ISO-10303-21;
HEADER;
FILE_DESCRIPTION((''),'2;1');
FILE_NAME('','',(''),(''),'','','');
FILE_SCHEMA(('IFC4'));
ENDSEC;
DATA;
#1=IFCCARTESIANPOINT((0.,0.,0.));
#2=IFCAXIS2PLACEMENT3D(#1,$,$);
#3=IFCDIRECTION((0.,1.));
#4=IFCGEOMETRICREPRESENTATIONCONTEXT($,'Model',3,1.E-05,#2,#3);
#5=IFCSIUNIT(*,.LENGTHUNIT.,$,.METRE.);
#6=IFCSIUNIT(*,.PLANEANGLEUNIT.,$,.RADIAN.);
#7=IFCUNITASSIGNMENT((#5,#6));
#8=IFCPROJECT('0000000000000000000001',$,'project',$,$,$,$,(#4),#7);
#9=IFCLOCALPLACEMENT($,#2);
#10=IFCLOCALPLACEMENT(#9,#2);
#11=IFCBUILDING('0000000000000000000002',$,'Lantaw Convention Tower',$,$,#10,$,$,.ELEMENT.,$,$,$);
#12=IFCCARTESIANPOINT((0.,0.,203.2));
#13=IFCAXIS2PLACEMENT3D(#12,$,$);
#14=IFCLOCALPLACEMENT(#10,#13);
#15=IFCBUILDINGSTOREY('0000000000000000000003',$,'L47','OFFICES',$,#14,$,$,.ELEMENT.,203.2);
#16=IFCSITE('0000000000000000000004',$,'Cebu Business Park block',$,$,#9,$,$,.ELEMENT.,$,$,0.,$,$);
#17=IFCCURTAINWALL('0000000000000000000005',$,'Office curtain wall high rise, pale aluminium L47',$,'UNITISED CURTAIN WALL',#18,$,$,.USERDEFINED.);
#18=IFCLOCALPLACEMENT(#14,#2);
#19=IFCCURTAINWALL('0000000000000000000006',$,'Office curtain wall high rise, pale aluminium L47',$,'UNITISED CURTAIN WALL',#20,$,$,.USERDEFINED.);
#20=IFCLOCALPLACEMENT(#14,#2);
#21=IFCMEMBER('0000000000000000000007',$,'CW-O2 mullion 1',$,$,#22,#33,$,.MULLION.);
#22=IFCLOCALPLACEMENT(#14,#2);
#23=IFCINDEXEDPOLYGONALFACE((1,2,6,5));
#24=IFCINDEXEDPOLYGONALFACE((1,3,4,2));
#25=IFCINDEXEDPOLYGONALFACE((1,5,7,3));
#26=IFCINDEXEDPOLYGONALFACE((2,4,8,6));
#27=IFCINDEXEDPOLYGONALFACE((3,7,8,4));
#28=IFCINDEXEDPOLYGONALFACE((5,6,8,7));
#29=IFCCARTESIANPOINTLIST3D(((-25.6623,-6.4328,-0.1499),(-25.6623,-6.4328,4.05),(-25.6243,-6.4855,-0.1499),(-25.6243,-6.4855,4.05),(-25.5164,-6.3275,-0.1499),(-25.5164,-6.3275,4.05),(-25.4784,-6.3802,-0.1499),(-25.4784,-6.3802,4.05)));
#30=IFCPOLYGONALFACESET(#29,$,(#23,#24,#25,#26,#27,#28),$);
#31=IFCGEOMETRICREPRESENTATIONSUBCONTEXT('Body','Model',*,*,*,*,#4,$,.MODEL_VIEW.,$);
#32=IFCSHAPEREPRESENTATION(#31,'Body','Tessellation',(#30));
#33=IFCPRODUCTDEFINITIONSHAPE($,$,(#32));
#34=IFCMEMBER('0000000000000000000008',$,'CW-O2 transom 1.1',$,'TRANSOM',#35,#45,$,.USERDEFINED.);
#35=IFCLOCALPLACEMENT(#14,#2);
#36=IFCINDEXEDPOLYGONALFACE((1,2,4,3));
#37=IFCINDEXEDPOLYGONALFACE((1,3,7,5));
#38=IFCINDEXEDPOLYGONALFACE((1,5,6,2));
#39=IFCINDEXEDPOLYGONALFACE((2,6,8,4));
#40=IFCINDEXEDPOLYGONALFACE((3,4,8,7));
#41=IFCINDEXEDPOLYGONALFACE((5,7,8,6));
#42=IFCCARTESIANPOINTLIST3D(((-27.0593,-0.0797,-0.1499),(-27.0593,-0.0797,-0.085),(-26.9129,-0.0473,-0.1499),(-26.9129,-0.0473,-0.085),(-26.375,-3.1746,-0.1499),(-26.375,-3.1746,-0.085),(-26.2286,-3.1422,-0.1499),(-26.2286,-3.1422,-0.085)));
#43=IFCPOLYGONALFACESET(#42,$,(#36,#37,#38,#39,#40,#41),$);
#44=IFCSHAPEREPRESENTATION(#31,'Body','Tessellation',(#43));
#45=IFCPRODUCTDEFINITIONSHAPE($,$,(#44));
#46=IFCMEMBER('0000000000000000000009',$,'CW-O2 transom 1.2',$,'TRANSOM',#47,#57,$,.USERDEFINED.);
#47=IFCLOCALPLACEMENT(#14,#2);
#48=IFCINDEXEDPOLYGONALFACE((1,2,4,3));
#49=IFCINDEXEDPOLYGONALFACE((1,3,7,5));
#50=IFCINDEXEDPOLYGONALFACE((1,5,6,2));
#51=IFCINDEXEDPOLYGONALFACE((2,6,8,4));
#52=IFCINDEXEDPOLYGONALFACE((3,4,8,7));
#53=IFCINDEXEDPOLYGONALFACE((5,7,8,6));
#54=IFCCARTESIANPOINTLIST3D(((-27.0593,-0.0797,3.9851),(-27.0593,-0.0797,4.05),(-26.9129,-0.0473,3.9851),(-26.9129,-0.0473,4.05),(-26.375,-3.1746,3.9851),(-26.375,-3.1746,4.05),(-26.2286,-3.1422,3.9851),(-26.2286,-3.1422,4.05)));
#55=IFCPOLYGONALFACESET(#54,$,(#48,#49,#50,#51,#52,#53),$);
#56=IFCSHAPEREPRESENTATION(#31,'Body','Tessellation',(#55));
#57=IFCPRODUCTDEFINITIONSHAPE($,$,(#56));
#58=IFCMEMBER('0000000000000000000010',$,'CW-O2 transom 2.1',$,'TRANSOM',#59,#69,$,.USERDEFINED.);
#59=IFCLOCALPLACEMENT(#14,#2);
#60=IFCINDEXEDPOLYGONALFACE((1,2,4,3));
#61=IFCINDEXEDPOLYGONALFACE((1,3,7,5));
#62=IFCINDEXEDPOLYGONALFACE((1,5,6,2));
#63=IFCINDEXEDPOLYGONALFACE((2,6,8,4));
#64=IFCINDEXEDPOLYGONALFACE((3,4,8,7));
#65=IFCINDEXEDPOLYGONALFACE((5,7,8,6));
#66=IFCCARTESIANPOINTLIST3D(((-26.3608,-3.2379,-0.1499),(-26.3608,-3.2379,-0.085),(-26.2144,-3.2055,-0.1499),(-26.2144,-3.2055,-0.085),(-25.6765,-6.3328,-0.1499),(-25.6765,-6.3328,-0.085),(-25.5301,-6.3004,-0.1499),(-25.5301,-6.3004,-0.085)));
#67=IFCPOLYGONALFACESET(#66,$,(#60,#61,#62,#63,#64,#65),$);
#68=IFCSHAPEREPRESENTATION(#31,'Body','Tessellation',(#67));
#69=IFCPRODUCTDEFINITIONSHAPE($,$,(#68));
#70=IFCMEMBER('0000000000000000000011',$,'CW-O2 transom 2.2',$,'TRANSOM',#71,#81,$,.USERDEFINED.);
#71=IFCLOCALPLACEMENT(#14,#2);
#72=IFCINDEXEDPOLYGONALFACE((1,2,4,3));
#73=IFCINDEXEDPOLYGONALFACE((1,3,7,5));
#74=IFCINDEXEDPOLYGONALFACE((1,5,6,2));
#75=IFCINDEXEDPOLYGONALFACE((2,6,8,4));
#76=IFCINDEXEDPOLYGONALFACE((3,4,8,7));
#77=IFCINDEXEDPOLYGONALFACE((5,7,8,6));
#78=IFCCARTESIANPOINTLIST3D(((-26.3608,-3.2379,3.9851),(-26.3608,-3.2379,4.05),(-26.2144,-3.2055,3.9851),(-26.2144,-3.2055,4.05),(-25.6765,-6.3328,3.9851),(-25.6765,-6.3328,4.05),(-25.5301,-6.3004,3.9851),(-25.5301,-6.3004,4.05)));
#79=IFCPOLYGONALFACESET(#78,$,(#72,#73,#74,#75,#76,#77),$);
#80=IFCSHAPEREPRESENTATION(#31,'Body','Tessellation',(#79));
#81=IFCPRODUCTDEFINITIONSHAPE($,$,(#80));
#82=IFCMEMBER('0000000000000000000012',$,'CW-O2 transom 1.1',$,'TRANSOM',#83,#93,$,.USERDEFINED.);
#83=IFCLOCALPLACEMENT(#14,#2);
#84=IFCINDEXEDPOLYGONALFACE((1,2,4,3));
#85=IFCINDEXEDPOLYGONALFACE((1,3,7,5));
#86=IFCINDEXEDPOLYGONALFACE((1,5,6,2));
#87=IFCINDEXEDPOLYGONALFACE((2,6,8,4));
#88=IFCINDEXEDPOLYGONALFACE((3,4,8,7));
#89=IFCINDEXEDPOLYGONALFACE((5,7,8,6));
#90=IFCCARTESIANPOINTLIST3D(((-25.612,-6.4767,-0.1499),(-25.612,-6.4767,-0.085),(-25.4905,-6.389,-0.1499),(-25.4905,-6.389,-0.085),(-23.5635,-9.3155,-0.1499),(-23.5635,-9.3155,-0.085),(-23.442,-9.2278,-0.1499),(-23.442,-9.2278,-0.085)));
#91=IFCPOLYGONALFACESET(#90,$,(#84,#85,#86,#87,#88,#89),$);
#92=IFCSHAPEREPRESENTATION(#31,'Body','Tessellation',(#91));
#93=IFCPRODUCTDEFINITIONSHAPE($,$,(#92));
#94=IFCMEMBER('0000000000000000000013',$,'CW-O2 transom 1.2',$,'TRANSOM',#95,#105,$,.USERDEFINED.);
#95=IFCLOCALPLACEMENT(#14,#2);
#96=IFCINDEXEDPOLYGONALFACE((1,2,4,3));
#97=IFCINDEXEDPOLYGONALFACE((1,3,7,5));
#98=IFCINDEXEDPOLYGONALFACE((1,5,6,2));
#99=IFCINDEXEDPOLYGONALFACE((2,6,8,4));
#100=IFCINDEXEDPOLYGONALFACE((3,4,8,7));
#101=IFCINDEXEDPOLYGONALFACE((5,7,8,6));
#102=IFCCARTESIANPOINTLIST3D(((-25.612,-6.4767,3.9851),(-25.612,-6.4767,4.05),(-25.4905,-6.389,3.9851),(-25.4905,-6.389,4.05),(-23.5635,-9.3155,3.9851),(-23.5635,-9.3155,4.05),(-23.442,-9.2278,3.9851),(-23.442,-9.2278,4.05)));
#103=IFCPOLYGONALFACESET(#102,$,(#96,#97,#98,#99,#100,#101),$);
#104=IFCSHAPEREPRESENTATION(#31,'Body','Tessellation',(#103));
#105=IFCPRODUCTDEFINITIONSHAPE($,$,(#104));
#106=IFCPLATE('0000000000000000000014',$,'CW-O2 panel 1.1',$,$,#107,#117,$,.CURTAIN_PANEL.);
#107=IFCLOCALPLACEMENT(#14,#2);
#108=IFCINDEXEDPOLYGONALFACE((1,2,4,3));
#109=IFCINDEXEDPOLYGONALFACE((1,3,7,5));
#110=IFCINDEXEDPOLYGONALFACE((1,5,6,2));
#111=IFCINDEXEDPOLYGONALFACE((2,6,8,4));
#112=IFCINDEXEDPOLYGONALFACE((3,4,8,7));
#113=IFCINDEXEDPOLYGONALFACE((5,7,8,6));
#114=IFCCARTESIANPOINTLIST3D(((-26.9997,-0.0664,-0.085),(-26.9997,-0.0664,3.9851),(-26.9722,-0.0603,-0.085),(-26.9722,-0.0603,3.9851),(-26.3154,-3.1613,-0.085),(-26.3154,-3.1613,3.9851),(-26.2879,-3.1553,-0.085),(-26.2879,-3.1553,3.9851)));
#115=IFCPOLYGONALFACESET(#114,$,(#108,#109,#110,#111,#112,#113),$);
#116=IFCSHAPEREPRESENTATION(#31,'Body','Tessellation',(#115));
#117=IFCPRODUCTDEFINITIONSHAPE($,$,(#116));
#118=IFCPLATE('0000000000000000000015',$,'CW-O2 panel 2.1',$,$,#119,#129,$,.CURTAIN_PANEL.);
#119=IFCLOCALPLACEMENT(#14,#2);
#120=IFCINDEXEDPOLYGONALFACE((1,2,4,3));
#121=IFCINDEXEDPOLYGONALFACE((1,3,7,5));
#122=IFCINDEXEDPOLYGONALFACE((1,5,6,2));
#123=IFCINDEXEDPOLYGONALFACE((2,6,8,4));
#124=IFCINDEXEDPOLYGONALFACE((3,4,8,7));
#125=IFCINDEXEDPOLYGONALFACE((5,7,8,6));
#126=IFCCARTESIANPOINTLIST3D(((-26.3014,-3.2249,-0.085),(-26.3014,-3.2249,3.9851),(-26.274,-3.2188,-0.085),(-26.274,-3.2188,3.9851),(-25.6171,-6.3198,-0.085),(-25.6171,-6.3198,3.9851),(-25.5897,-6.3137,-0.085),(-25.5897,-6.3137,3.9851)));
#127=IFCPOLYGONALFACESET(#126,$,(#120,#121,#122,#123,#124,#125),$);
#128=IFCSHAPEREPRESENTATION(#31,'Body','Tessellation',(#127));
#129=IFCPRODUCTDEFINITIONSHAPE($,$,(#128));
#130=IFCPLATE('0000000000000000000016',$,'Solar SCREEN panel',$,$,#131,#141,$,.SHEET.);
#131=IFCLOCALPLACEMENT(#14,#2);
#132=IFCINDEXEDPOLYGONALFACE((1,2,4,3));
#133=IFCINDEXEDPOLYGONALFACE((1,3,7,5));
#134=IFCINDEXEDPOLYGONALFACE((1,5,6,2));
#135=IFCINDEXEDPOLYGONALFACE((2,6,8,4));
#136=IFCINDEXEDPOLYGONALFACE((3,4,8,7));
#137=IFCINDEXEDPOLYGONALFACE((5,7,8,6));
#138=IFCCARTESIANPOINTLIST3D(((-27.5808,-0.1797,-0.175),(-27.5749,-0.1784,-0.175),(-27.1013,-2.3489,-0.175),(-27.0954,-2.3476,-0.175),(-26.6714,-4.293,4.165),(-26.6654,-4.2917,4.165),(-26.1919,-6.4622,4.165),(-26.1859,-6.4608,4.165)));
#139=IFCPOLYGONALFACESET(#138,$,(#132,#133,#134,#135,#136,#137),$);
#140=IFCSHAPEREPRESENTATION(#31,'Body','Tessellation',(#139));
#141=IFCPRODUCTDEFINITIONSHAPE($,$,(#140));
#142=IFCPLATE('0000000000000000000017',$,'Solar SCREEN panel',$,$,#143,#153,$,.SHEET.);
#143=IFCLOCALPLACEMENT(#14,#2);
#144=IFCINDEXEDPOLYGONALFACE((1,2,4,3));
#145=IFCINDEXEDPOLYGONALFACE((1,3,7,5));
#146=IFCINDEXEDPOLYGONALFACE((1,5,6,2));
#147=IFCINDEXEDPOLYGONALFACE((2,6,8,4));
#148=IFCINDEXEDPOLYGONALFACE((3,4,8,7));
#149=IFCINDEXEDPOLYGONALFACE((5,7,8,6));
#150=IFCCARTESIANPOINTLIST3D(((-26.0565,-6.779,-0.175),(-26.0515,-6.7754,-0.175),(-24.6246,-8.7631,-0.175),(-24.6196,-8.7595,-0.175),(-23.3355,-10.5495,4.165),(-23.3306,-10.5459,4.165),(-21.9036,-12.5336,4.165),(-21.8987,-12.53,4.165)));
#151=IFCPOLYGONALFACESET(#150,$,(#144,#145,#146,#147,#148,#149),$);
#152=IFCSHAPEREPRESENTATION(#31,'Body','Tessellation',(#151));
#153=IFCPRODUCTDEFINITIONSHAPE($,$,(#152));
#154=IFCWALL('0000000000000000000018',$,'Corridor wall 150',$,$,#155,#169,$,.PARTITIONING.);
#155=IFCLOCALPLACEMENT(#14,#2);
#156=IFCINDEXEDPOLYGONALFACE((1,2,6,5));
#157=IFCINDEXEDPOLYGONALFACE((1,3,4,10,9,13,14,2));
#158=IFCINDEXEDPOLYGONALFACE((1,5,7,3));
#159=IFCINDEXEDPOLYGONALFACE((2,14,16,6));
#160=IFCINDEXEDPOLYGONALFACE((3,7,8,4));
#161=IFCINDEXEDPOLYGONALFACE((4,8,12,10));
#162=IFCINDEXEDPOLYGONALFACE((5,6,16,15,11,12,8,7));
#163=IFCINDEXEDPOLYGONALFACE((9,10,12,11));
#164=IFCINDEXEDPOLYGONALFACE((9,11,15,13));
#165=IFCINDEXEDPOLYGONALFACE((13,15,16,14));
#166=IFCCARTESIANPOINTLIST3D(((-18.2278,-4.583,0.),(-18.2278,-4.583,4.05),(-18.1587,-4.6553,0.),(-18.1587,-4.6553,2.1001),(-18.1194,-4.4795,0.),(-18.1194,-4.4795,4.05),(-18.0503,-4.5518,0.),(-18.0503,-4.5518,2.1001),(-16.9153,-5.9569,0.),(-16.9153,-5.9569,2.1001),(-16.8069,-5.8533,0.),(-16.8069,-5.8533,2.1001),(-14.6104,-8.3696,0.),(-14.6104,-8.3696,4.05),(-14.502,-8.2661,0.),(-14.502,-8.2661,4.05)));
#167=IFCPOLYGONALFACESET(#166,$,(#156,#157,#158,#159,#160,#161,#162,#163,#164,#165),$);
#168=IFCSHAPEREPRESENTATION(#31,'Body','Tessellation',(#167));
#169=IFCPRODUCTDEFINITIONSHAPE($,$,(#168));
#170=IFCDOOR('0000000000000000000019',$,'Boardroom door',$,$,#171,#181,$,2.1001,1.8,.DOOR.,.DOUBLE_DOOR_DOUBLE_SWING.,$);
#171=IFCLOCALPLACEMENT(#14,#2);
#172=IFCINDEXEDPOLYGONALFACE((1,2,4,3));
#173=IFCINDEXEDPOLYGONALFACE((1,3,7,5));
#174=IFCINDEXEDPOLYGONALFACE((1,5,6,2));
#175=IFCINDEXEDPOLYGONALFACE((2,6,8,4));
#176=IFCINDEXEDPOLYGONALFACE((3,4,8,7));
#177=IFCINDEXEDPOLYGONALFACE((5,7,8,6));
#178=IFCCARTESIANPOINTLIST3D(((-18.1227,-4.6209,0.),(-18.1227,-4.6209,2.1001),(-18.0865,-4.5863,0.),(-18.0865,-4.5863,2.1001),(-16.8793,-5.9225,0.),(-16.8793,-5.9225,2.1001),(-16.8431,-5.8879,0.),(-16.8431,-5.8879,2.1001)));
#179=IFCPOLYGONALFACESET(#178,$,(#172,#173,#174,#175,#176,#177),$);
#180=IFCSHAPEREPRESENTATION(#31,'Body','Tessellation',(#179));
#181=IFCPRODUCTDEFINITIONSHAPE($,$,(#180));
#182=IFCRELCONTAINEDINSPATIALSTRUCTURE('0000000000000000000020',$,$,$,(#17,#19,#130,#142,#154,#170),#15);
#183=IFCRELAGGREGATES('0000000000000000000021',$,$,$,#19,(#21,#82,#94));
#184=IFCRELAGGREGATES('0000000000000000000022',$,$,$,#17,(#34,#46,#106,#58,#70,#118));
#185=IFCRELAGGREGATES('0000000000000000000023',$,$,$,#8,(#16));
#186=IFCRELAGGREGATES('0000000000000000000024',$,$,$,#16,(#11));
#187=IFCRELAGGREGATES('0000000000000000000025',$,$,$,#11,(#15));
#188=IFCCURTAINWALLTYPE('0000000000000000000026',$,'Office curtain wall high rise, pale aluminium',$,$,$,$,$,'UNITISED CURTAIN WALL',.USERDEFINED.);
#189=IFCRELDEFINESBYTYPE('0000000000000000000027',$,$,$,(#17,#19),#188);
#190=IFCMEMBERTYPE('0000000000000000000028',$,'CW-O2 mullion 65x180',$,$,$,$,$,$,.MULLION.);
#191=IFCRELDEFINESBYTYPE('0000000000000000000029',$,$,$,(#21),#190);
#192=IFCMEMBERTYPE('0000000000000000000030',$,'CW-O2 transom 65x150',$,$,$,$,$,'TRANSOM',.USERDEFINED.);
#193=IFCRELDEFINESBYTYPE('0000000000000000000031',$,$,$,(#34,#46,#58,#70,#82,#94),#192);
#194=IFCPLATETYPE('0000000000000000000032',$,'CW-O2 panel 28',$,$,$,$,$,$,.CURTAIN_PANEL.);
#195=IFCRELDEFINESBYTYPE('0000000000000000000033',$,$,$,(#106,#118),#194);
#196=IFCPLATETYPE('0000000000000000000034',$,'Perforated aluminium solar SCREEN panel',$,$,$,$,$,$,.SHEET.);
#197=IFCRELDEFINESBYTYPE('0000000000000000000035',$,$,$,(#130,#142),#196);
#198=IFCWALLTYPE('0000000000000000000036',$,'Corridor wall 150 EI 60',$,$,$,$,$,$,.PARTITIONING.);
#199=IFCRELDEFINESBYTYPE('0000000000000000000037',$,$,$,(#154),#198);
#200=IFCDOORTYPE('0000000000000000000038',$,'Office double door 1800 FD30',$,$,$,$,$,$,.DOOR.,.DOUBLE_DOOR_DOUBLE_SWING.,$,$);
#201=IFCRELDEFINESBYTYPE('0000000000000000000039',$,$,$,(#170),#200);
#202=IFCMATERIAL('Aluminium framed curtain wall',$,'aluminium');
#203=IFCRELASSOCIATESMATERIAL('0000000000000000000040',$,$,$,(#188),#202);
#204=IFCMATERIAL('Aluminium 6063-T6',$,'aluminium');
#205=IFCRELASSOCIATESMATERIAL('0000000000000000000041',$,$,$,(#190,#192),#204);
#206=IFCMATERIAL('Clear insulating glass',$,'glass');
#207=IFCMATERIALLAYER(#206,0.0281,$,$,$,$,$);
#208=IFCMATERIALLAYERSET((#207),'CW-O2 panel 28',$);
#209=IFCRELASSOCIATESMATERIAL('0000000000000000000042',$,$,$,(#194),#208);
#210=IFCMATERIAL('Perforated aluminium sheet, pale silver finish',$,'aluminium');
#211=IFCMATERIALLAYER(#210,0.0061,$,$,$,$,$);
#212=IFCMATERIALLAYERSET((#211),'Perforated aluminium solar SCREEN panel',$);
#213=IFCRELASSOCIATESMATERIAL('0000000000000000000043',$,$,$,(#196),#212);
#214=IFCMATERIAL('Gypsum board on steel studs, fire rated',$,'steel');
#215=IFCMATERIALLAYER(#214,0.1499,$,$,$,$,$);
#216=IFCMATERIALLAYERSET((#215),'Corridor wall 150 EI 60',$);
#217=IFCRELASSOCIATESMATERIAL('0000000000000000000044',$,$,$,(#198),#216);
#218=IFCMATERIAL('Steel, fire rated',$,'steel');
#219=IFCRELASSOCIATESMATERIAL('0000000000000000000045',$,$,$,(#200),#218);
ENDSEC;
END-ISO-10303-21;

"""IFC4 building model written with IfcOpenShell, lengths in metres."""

from ifc_helpers import new_model, si_unit, direction, frame, frame_2d, origin, origin_2d, place, context, subcontext, project, spatial, polyline, rectangle, outline, extrude, material, layer, layer_set, material_profile, profile_set, type_object, element, fill, aggregate, save


model = new_model("IFC4")

# Units and contexts
model_context = context("Model", 3, precision=1e-05, world=origin(), true_north=direction((0.0, 1.0)))
body_context = subcontext(model_context, "Body", "Model", "MODEL_VIEW")
ifc_project = project(units=[si_unit("LENGTHUNIT", "METRE"), si_unit("PLANEANGLEUNIT", "RADIAN")], contexts=[model_context])

# Site, building, storey
site_placement = place(None, origin())
site = spatial("IfcSite", under=ifc_project, at=site_placement, Name="Cebu Business Park block", CompositionType="ELEMENT", RefElevation=0.0)
building_placement = place(site_placement, origin())
building = spatial("IfcBuilding", under=site, at=building_placement, Name="Lantaw Convention Tower", CompositionType="ELEMENT")
storey_placement = place(building_placement, frame((0.0, 0.0, 203.2)))
storey = spatial("IfcBuildingStorey", under=building, at=storey_placement, Name="L47", Description="OFFICES", CompositionType="ELEMENT", Elevation=203.2)

# Curtain wall
ifc_material_1 = material(Name="Aluminium framed curtain wall", Category="aluminium")
curtain_wall_type = type_object("IfcCurtainWallType", Name="Office curtain wall high rise, pale aluminium", ElementType="UNITISED CURTAIN WALL", PredefinedType="USERDEFINED", material=ifc_material_1)
curtain_wall_1_placement = place(storey_placement, origin())
curtain_wall_1 = element("IfcCurtainWall", 1, at=curtain_wall_1_placement, inside=storey, type_object=curtain_wall_type, Name="Office curtain wall high rise, pale aluminium L47", ObjectType="UNITISED CURTAIN WALL", PredefinedType="USERDEFINED")
ifc_material_2 = material(Name="Aluminium 6063-T6", Category="aluminium")
ifc_material_profile_1 = material_profile(ifc_material_2, rectangle(XDim=0.1799, YDim=0.0649, at=origin_2d()), Name="CW-O2 mullion 65x180")
ifc_profile_set_1 = profile_set([ifc_material_profile_1], Name="Aluminium 6063-T6")
member_type_1 = type_object("IfcMemberType", Name="CW-O2 mullion 65x180", PredefinedType="MULLION", material=ifc_profile_set_1)

# Curtain wall, member
curtain_wall_2_placement = place(storey_placement, origin())
curtain_wall_2 = element("IfcCurtainWall", 2, at=curtain_wall_2_placement, inside=storey, type_object=curtain_wall_type, Name="Office curtain wall high rise, pale aluminium L47", ObjectType="UNITISED CURTAIN WALL", PredefinedType="USERDEFINED")
member_1_placement = place(storey_placement, frame((-25.5703, -6.4065, -0.1499), z_axis=(0.0, 0.0, 1.0), x_axis=(0.81092, 0.585158, 0.0)))
member_1 = element("IfcMember", 3, at=member_1_placement, type_object=member_type_1, Name="CW-O2 mullion 1", PredefinedType="MULLION", context=body_context, shape_type="SweptSolid", body=[
    extrude(rectangle(XDim=0.1799, YDim=0.0649, at=origin_2d()), origin(), (0.0, 0.0, 1.0), 4.2),
])

# Members
ifc_material_profile_2 = material_profile(ifc_material_2, rectangle(XDim=0.1499, YDim=0.0649, at=origin_2d()), Name="CW-O2 transom 65x150")
ifc_profile_set_2 = profile_set([ifc_material_profile_2], Name="Aluminium 6063-T6")
member_type_2 = type_object("IfcMemberType", Name="CW-O2 transom 65x150", ElementType="TRANSOM", PredefinedType="USERDEFINED", material=ifc_profile_set_2)
member_2_placement = place(storey_placement, frame((-26.9861, -0.0635, -0.1174), z_axis=(0.215895, -0.976417, 0.0), x_axis=(0.976417, 0.215895, 0.0)))
member_2 = element("IfcMember", 4, at=member_2_placement, type_object=member_type_2, Name="CW-O2 transom 1.1", ObjectType="TRANSOM", PredefinedType="USERDEFINED", context=body_context, shape_type="SweptSolid", body=[
    extrude(rectangle(XDim=0.1499, YDim=0.0649, at=origin_2d()), origin(), (0.0, 0.0, 1.0), 3.1697),
])
member_3_placement = place(storey_placement, frame((-26.9861, -0.0635, 4.0176), z_axis=(0.215895, -0.976417, 0.0), x_axis=(0.976417, 0.215895, 0.0)))
member_3 = element("IfcMember", 5, at=member_3_placement, type_object=member_type_2, Name="CW-O2 transom 1.2", ObjectType="TRANSOM", PredefinedType="USERDEFINED", context=body_context, shape_type="SweptSolid", body=[
    extrude(rectangle(XDim=0.1499, YDim=0.0649, at=origin_2d()), origin(), (0.0, 0.0, 1.0), 3.1697),
])
member_4_placement = place(storey_placement, frame((-26.2876, -3.2217, -0.1174), z_axis=(0.215895, -0.976417, 0.0), x_axis=(0.976417, 0.215895, 0.0)))
member_4 = element("IfcMember", 6, at=member_4_placement, type_object=member_type_2, Name="CW-O2 transom 2.1", ObjectType="TRANSOM", PredefinedType="USERDEFINED", context=body_context, shape_type="SweptSolid", body=[
    extrude(rectangle(XDim=0.1499, YDim=0.0649, at=origin_2d()), origin(), (0.0, 0.0, 1.0), 3.1697),
])
member_5_placement = place(storey_placement, frame((-26.2876, -3.2217, 4.0176), z_axis=(0.215895, -0.976417, 0.0), x_axis=(0.976417, 0.215895, 0.0)))
member_5 = element("IfcMember", 7, at=member_5_placement, type_object=member_type_2, Name="CW-O2 transom 2.2", ObjectType="TRANSOM", PredefinedType="USERDEFINED", context=body_context, shape_type="SweptSolid", body=[
    extrude(rectangle(XDim=0.1499, YDim=0.0649, at=origin_2d()), origin(), (0.0, 0.0, 1.0), 3.1697),
])
member_6_placement = place(storey_placement, frame((-25.5513, -6.4329, -0.1174), z_axis=(0.58517, -0.810911, 0.0), x_axis=(0.810911, 0.58517, 0.0)))
member_6 = element("IfcMember", 8, at=member_6_placement, type_object=member_type_2, Name="CW-O2 transom 1.1", ObjectType="TRANSOM", PredefinedType="USERDEFINED", context=body_context, shape_type="SweptSolid", body=[
    extrude(rectangle(XDim=0.1499, YDim=0.0649, at=origin_2d()), origin(), (0.0, 0.0, 1.0), 3.5007),
])
member_7_placement = place(storey_placement, frame((-25.5513, -6.4329, 4.0176), z_axis=(0.58517, -0.810911, 0.0), x_axis=(0.810911, 0.58517, 0.0)))
member_7 = element("IfcMember", 9, at=member_7_placement, type_object=member_type_2, Name="CW-O2 transom 1.2", ObjectType="TRANSOM", PredefinedType="USERDEFINED", context=body_context, shape_type="SweptSolid", body=[
    extrude(rectangle(XDim=0.1499, YDim=0.0649, at=origin_2d()), origin(), (0.0, 0.0, 1.0), 3.5007),
])
aggregate(curtain_wall_2, [member_1, member_6, member_7])

# Plates
ifc_material_3 = material(Name="Clear insulating glass", Category="glass")
ifc_layer_1 = layer(ifc_material_3, 0.0281)
ifc_layer_set_1 = layer_set([ifc_layer_1], Name="CW-O2 panel 28")
plate_type_1 = type_object("IfcPlateType", Name="CW-O2 panel 28", PredefinedType="CURTAIN_PANEL", material=ifc_layer_set_1)
plate_1_placement = place(storey_placement, frame((-26.6438, -1.6108, -0.085), z_axis=(0.0, 0.0, 1.0), x_axis=(0.215891, -0.976417, 0.0)))
plate_1 = element("IfcPlate", 10, at=plate_1_placement, type_object=plate_type_1, Name="CW-O2 panel 1.1", PredefinedType="CURTAIN_PANEL", context=body_context, shape_type="SweptSolid", body=[
    extrude(rectangle(XDim=3.1697, YDim=0.0281, at=origin_2d()), origin(), (0.0, 0.0, 1.0), 4.0701),
])
plate_2_placement = place(storey_placement, frame((-25.9456, -4.7693, -0.085), z_axis=(0.0, 0.0, 1.0), x_axis=(0.215891, -0.976417, 0.0)))
plate_2 = element("IfcPlate", 11, at=plate_2_placement, type_object=plate_type_1, Name="CW-O2 panel 2.1", PredefinedType="CURTAIN_PANEL", context=body_context, shape_type="SweptSolid", body=[
    extrude(rectangle(XDim=3.1697, YDim=0.0281, at=origin_2d()), origin(), (0.0, 0.0, 1.0), 4.0701),
])
aggregate(curtain_wall_1, [member_2, member_3, plate_1, member_4, member_5, plate_2])

# Plates
ifc_material_4 = material(Name="Perforated aluminium sheet, pale silver finish", Category="aluminium")
ifc_layer_2 = layer(ifc_material_4, 0.0061)
ifc_layer_set_2 = layer_set([ifc_layer_2], Name="Perforated aluminium solar SCREEN panel")
plate_type_2 = type_object("IfcPlateType", Name="Perforated aluminium solar SCREEN panel", PredefinedType="SHEET", material=ifc_layer_set_2)
plate_3_placement = place(storey_placement, frame((-27.5808, -0.1797, -0.175), z_axis=(-0.97643, -0.215837, 0.000044), x_axis=(0.215837, -0.97643, 0.0)))
element("IfcPlate", 12, at=plate_3_placement, inside=storey, type_object=plate_type_2, Name="Solar SCREEN panel", PredefinedType="SHEET", context=body_context, shape_type="SweptSolid", body=[
    extrude(outline(polyline([(0.0, 0.0), (2.2216, 0.0), (6.4342, 4.3401), (4.2126, 4.3401), (0.0, 0.0)])), origin(), (0.0, 0.0, -1.0), 0.0061),
])
plate_4_placement = place(storey_placement, frame((-26.0515, -6.7754, -0.175), z_axis=(0.810892, 0.585195, 0.00002), x_axis=(0.585195, -0.810892, 0.0)))
element("IfcPlate", 13, at=plate_4_placement, inside=storey, type_object=plate_type_2, Name="Solar SCREEN panel", PredefinedType="SHEET", context=body_context, shape_type="SweptSolid", body=[
    extrude(outline(polyline([(0.0, 0.0), (2.4468, 0.0), (7.0966, -4.3401), (4.6498, -4.3401), (0.0, 0.0)])), origin(), (0.0, 0.0, -1.0), 0.0061),
])

# Wall, opening, door
ifc_material_5 = material(Name="Gypsum board on steel studs, fire rated", Category="steel")
ifc_layer_3 = layer(ifc_material_5, 0.1499)
ifc_layer_set_3 = layer_set([ifc_layer_3], Name="Corridor wall 150 EI 60")
wall_type_1 = type_object("IfcWallType", Name="Corridor wall 150 EI 60", PredefinedType="PARTITIONING", material=ifc_layer_set_3)
wall_1_placement = place(storey_placement, frame((-18.1736, -4.5312, 0.0), z_axis=(0.0, 0.0, 1.0), x_axis=(0.690768, -0.723076, 0.0)))
wall_1 = element("IfcWall", 14, at=wall_1_placement, inside=storey, type_object=wall_type_1, Name="Corridor wall 150", PredefinedType="PARTITIONING", context=body_context, shape_type="SweptSolid", body=[
    extrude(rectangle(XDim=5.2368, YDim=0.1499, at=frame_2d((2.6184, 0.0))), origin(), (0.0, 0.0, 1.0), 4.05),
])
opening_placement = place(wall_1_placement, frame((0.1001, 0.0, 0.0)))
opening = element("IfcOpeningElement", 15, at=opening_placement, cuts=wall_1, PredefinedType="OPENING", context=body_context, shape_type="SweptSolid", body=[
    extrude(rectangle(XDim=1.8, YDim=2.1001, at=frame_2d((0.8999, 1.05))), frame((0.0, 0.085, 0.0), z_axis=(0.0, -1.0, 0.0), x_axis=(1.0, 0.0, 0.0)), (0.0, 0.0, 1.0), 0.1699),
])
ifc_material_6 = material(Name="Steel, fire rated", Category="steel")
door_type = type_object("IfcDoorType", Name="Office double door 1800 FD30", OperationType="DOUBLE_DOOR_DOUBLE_SWING", PredefinedType="DOOR", material=ifc_material_6)
door_placement = place(opening_placement, origin())
door = element("IfcDoor", 16, at=door_placement, inside=storey, type_object=door_type, Name="Boardroom door", OperationType="DOUBLE_DOOR_DOUBLE_SWING", OverallHeight=2.1001, OverallWidth=1.8, PredefinedType="DOOR", context=body_context, shape_type="SweptSolid", body=[
    extrude(rectangle(XDim=1.8, YDim=2.1001, at=frame_2d((0.8999, 1.05))), frame((0.0, 0.0249, 0.0), z_axis=(0.0, -1.0, 0.0), x_axis=(1.0, 0.0, 0.0)), (0.0, 0.0, 1.0), 0.05),
])
fill(opening, door)

save(model, "model.ifc")
